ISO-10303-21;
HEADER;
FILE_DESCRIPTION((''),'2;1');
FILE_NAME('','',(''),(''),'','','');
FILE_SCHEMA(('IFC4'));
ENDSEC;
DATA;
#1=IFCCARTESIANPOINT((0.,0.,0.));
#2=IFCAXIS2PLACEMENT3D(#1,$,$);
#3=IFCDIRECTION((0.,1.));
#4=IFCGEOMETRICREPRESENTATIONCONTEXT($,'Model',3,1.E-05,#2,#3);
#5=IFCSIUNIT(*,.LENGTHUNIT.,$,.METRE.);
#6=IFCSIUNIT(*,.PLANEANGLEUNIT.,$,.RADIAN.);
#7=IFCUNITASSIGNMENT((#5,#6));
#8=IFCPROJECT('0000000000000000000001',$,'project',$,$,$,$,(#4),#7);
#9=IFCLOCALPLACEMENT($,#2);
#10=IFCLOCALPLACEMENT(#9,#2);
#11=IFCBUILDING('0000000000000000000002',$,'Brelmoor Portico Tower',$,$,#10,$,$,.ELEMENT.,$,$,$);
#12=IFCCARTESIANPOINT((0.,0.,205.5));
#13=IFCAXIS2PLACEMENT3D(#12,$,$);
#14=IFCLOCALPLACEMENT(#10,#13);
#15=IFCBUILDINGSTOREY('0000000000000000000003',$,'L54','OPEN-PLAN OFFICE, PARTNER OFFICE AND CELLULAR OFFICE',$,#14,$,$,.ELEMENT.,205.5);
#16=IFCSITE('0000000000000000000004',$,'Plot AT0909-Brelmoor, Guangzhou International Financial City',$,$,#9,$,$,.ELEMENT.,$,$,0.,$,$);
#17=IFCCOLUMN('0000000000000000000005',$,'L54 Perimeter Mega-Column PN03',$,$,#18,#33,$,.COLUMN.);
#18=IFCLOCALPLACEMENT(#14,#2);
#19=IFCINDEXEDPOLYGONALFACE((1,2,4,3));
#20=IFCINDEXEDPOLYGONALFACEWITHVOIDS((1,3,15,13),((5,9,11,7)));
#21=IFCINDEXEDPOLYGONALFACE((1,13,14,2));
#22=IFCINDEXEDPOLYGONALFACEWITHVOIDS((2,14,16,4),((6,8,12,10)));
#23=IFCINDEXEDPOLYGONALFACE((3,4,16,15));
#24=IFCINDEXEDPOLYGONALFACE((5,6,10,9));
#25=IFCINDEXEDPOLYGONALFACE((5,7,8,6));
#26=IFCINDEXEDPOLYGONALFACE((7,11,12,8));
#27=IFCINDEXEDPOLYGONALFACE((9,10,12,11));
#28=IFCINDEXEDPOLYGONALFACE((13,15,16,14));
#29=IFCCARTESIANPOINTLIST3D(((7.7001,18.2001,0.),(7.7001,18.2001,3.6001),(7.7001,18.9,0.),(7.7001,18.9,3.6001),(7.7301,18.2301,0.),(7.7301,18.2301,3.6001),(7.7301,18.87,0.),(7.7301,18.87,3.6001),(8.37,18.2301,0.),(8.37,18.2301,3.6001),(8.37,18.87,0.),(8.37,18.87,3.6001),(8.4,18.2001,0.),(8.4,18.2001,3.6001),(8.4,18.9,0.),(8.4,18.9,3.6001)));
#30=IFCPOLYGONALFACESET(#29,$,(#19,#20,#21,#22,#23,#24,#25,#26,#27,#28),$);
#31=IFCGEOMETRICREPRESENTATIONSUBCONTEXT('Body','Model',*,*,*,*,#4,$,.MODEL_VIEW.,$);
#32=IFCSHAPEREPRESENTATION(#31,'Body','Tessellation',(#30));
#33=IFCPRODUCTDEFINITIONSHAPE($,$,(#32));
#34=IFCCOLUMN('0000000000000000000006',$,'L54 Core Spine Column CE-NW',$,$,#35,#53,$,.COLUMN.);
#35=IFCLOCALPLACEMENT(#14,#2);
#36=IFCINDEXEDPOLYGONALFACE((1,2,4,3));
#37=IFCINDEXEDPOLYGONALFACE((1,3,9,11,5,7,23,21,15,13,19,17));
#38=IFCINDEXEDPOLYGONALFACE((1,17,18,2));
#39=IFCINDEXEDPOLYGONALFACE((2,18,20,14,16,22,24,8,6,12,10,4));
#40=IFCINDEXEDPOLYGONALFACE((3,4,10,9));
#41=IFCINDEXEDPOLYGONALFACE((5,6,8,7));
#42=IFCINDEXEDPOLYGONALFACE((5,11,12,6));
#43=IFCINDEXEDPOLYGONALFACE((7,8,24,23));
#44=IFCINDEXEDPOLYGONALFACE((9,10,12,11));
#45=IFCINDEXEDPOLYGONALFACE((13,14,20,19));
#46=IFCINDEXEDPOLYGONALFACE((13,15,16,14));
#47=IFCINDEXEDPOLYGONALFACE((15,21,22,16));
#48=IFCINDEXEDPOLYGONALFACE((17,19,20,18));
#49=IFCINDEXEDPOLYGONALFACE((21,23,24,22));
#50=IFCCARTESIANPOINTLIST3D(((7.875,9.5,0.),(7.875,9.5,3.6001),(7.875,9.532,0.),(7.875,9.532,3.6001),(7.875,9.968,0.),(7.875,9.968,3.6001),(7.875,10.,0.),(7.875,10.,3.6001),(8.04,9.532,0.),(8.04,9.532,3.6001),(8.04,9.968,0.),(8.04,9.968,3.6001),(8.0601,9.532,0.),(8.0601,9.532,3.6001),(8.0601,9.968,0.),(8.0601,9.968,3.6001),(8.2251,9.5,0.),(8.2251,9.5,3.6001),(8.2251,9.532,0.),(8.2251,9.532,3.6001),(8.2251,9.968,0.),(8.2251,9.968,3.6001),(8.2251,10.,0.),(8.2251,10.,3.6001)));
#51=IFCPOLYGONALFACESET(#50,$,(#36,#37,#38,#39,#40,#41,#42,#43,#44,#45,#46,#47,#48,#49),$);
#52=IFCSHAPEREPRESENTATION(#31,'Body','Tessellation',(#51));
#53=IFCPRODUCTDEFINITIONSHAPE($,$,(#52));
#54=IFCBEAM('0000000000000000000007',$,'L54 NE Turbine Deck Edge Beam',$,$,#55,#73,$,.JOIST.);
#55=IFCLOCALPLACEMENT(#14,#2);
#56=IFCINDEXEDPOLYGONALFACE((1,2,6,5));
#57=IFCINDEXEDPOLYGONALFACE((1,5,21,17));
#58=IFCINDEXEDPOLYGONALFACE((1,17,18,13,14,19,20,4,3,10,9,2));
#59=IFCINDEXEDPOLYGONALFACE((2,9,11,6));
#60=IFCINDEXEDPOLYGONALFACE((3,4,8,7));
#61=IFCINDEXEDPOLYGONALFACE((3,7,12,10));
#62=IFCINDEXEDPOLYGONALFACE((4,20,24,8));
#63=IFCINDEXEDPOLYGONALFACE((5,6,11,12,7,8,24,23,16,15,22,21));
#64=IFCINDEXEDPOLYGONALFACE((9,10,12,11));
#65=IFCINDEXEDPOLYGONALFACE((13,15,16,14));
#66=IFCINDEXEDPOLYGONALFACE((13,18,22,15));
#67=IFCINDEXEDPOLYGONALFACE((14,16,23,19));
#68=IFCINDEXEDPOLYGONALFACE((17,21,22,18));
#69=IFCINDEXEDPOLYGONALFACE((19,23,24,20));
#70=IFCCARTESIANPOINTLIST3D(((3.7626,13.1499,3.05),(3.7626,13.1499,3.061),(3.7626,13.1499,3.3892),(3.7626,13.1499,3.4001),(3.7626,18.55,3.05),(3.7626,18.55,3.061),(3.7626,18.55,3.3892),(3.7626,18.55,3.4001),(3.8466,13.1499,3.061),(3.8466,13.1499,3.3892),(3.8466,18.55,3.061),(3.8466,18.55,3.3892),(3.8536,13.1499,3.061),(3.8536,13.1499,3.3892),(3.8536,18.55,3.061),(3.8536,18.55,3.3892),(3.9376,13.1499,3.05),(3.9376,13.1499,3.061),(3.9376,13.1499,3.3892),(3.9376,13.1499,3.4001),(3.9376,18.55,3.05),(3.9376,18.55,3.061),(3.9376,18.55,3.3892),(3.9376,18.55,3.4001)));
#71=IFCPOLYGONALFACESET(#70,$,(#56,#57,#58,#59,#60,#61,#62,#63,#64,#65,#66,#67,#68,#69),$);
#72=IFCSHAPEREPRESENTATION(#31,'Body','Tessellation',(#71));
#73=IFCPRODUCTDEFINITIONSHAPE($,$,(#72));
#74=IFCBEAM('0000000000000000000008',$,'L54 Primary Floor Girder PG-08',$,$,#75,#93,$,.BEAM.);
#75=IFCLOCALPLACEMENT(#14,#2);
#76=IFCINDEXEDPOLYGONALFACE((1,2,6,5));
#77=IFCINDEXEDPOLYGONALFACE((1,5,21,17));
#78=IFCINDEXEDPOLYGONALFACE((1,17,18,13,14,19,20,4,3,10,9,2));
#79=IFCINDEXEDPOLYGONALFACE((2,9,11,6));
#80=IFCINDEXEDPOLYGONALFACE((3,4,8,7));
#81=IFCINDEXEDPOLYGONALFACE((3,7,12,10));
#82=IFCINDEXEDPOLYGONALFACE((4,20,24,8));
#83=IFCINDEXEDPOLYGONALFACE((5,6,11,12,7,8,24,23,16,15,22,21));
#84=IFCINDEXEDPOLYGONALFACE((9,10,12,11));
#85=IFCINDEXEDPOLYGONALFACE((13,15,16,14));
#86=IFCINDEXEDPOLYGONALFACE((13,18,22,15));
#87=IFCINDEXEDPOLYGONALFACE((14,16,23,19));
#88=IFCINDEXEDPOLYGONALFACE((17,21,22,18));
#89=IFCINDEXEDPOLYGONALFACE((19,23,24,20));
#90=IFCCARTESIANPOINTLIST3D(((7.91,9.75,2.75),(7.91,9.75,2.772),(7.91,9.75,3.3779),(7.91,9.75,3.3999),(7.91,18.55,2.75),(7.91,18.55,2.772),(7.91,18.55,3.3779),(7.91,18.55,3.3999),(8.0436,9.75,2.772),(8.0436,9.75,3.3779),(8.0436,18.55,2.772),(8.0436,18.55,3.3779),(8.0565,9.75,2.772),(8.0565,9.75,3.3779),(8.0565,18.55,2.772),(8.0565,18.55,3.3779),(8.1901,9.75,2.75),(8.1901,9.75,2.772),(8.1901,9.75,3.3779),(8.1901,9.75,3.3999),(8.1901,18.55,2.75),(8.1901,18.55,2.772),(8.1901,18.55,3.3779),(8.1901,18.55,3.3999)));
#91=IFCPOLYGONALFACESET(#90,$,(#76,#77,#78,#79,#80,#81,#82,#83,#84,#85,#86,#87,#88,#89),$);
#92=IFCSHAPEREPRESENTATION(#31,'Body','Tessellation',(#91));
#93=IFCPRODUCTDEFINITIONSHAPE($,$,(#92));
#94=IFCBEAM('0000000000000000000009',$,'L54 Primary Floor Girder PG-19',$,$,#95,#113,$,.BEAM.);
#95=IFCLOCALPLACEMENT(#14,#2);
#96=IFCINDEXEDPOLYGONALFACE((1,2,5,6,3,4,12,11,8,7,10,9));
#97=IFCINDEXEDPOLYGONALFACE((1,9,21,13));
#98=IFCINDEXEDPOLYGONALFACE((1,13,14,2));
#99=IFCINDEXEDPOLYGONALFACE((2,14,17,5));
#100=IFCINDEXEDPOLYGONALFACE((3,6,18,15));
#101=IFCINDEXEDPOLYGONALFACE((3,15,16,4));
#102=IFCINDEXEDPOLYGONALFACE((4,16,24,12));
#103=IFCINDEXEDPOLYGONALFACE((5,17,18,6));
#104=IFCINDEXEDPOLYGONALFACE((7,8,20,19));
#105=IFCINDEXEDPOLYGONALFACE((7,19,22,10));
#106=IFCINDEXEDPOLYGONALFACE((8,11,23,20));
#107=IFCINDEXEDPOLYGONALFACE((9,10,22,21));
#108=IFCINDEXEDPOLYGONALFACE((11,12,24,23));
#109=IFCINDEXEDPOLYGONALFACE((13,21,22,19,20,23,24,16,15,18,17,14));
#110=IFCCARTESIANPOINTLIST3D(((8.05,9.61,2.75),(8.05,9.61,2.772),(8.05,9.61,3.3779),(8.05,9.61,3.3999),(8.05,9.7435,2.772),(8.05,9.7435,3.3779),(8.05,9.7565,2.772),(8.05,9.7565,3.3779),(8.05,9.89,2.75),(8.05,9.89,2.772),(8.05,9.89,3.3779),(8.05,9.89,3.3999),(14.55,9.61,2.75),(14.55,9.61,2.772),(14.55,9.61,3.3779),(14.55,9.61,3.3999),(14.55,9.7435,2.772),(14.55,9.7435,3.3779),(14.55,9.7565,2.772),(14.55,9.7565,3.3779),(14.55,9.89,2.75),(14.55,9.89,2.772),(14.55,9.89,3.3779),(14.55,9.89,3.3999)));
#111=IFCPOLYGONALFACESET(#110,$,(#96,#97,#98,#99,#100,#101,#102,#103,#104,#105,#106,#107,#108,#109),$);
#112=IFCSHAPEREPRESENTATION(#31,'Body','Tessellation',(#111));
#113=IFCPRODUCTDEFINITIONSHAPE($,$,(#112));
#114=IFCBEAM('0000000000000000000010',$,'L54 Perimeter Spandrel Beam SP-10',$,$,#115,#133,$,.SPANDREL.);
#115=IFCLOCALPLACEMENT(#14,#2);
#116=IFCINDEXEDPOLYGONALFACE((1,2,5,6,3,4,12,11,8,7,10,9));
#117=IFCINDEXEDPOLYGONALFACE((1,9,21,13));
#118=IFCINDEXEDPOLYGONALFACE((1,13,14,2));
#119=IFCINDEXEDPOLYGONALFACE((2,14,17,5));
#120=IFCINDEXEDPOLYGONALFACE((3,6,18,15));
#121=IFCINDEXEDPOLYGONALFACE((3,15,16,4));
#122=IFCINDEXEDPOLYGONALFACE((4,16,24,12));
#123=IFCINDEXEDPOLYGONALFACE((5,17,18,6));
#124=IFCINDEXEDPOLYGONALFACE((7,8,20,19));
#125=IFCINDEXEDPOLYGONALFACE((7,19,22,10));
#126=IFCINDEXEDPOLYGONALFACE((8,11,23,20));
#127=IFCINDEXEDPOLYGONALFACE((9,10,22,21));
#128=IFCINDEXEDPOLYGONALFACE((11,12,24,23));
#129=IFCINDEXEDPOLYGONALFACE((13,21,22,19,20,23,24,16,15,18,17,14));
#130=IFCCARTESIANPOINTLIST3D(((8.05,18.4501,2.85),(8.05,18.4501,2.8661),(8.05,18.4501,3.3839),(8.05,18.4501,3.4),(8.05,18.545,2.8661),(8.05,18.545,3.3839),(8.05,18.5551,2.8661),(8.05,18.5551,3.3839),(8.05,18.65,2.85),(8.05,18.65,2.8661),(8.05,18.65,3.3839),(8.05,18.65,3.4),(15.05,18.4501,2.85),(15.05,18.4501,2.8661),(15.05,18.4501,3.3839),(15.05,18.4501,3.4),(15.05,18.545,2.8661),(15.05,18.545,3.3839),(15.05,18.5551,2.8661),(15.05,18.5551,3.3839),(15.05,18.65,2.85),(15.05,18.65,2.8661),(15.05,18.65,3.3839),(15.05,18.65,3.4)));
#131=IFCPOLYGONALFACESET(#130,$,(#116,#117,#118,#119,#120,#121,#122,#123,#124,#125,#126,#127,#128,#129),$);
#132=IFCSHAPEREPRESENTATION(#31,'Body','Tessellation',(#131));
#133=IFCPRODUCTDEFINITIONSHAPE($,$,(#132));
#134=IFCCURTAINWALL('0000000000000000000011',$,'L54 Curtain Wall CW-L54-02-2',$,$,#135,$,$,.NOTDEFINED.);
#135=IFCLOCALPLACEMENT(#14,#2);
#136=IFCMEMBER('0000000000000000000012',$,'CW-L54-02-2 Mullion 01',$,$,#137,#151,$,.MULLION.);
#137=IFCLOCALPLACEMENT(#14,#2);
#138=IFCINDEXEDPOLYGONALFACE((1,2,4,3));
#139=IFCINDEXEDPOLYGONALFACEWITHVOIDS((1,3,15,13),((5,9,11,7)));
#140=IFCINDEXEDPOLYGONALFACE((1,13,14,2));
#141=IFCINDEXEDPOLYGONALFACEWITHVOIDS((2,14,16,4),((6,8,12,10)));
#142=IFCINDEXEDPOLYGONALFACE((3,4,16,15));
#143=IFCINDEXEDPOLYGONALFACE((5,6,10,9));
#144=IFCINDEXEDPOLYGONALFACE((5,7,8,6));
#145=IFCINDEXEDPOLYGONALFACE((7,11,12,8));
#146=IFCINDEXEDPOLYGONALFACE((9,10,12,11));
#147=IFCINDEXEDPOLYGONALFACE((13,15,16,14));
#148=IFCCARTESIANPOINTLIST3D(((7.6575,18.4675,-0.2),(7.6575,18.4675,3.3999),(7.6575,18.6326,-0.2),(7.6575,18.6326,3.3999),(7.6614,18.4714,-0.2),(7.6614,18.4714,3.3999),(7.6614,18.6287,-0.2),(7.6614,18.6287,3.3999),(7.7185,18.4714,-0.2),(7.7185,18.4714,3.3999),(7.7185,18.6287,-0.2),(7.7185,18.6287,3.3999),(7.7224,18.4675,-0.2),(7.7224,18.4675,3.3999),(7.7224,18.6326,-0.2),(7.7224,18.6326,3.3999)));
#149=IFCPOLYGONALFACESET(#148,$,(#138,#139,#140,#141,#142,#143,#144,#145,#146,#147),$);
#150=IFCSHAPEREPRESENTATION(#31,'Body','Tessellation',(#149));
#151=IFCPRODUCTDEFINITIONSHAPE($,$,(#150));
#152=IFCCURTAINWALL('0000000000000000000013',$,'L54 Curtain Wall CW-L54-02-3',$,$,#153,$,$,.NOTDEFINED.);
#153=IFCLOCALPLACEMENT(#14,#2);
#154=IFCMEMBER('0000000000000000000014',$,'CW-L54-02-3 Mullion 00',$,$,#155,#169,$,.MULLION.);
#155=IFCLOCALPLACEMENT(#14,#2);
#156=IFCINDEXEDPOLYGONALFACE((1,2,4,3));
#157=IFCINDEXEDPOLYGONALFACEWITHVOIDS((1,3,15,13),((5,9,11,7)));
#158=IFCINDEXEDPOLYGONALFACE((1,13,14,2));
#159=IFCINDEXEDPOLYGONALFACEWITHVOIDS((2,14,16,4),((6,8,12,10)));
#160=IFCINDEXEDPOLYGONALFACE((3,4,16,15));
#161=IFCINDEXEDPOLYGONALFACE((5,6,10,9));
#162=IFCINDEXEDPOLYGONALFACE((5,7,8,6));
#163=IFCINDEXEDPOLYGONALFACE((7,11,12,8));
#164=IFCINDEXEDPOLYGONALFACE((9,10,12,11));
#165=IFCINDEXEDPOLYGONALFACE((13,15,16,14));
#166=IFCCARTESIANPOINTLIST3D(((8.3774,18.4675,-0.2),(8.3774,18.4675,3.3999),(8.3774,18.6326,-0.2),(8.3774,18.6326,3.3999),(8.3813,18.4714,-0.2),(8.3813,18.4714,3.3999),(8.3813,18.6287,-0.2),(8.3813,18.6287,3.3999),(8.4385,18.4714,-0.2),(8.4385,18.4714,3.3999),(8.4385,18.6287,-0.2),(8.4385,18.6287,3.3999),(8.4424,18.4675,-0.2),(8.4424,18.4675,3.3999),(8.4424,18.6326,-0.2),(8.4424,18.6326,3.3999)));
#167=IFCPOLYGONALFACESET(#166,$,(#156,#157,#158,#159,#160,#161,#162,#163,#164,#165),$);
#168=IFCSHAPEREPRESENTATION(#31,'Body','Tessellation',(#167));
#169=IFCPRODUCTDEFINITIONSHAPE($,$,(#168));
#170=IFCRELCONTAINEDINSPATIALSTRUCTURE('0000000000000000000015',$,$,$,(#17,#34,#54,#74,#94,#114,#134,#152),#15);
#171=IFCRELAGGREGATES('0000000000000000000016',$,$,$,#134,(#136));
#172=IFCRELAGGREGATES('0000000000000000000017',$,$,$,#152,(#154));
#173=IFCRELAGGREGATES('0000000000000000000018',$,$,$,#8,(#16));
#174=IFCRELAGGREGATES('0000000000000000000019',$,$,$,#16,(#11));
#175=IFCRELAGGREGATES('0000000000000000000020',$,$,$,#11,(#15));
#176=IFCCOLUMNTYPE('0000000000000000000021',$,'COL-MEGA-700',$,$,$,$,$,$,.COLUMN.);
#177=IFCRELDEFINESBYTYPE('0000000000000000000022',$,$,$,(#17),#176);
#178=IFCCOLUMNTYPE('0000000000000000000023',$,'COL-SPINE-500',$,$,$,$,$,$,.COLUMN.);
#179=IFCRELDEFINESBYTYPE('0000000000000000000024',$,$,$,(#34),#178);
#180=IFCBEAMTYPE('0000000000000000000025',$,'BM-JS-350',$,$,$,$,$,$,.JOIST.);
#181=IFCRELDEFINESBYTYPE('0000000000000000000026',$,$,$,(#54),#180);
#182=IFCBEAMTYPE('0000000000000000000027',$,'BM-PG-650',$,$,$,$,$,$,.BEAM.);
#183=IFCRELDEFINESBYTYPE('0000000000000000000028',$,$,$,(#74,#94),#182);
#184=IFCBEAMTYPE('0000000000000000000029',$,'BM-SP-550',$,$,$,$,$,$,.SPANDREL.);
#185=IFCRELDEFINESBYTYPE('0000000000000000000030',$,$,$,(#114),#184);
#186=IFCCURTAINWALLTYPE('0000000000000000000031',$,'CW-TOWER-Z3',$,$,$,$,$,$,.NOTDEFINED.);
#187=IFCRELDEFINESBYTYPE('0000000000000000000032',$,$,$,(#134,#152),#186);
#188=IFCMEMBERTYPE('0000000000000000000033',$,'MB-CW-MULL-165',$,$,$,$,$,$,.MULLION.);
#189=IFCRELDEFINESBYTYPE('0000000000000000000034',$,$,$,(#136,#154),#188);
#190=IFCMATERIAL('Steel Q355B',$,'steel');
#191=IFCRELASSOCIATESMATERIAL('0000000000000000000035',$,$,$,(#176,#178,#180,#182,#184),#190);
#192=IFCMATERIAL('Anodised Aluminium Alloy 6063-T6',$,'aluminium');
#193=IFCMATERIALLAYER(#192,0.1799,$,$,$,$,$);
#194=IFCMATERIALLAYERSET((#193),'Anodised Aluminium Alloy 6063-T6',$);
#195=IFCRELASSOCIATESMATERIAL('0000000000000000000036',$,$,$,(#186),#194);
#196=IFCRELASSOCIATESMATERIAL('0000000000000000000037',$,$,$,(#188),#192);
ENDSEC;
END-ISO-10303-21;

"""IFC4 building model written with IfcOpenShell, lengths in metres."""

from ifc_helpers import new_model, si_unit, direction, frame, origin, origin_2d, place, context, subcontext, project, spatial, hollow_rectangle, i_section, extrude, material, layer, layer_set, material_profile, profile_set, type_object, element, aggregate, save


model = new_model("IFC4")

# Units and contexts
model_context = context("Model", 3, precision=1e-05, world=origin(), true_north=direction((0.0, 1.0)))
body_context = subcontext(model_context, "Body", "Model", "MODEL_VIEW")
ifc_project = project(units=[si_unit("LENGTHUNIT", "METRE"), si_unit("PLANEANGLEUNIT", "RADIAN")], contexts=[model_context])

# Site, building, storey
site_placement = place(None, origin())
site = spatial("IfcSite", under=ifc_project, at=site_placement, Name="Plot AT0909-Brelmoor, Guangzhou International Financial City", CompositionType="ELEMENT", RefElevation=0.0)
building_placement = place(site_placement, origin())
building = spatial("IfcBuilding", under=site, at=building_placement, Name="Brelmoor Portico Tower", CompositionType="ELEMENT")
storey_placement = place(building_placement, frame((0.0, 0.0, 205.5)))
storey = spatial("IfcBuildingStorey", under=building, at=storey_placement, Name="L54", Description="OPEN-PLAN OFFICE, PARTNER OFFICE AND CELLULAR OFFICE", CompositionType="ELEMENT", Elevation=205.5)

# Columns
ifc_material_1 = material(Name="Steel Q355B", Category="steel")
ifc_material_profile_1 = material_profile(ifc_material_1, hollow_rectangle(XDim=0.7, YDim=0.7, WallThickness=0.03, at=origin_2d()), Name="BOX 700x700x30")
ifc_profile_set_1 = profile_set([ifc_material_profile_1], Name="Steel Q355B")
column_type_1 = type_object("IfcColumnType", Name="COL-MEGA-700", PredefinedType="COLUMN", material=ifc_profile_set_1)
column_1_placement = place(storey_placement, frame((8.05, 18.55, 0.0), z_axis=(0.0, 0.0, 1.0), x_axis=(1.0, 0.0, 0.0)))
element("IfcColumn", 1, at=column_1_placement, inside=storey, type_object=column_type_1, Name="L54 Perimeter Mega-Column PN03", PredefinedType="COLUMN", context=body_context, shape_type="SweptSolid", body=[
    extrude(hollow_rectangle(XDim=0.7, YDim=0.7, WallThickness=0.03, at=origin_2d()), origin(), (0.0, 0.0, 1.0), 3.6001),
])
ifc_material_profile_2 = material_profile(ifc_material_1, i_section(OverallWidth=0.3501, OverallDepth=0.5, WebThickness=0.02, FlangeThickness=0.032, at=origin_2d()), Name="HW 500x350x20x32")
ifc_profile_set_2 = profile_set([ifc_material_profile_2], Name="Steel Q355B")
column_type_2 = type_object("IfcColumnType", Name="COL-SPINE-500", PredefinedType="COLUMN", material=ifc_profile_set_2)
column_2_placement = place(storey_placement, frame((8.05, 9.75, 0.0), z_axis=(0.0, 0.0, 1.0), x_axis=(1.0, 0.0, 0.0)))
element("IfcColumn", 2, at=column_2_placement, inside=storey, type_object=column_type_2, Name="L54 Core Spine Column CE-NW", PredefinedType="COLUMN", context=body_context, shape_type="SweptSolid", body=[
    extrude(i_section(OverallWidth=0.3501, OverallDepth=0.5, WebThickness=0.02, FlangeThickness=0.032, at=origin_2d()), origin(), (0.0, 0.0, 1.0), 3.6001),
])

# Beams
ifc_material_profile_3 = material_profile(ifc_material_1, i_section(OverallWidth=0.175, OverallDepth=0.3501, WebThickness=0.0071, FlangeThickness=0.011, at=origin_2d()), Name="HN 350x175x7x11")
ifc_profile_set_3 = profile_set([ifc_material_profile_3], Name="Steel Q355B")
beam_type_1 = type_object("IfcBeamType", Name="BM-JS-350", PredefinedType="JOIST", material=ifc_profile_set_3)
beam_1_placement = place(storey_placement, frame((3.8501, 13.1499, 3.2251), z_axis=(0.0, 1.0, 0.0), x_axis=(-1.0, 0.0, 0.0)))
element("IfcBeam", 3, at=beam_1_placement, inside=storey, type_object=beam_type_1, Name="L54 NE Turbine Deck Edge Beam", PredefinedType="JOIST", context=body_context, shape_type="SweptSolid", body=[
    extrude(i_section(OverallWidth=0.175, OverallDepth=0.3501, WebThickness=0.0071, FlangeThickness=0.011, at=origin_2d()), origin(), (0.0, 0.0, 1.0), 5.4001),
])
ifc_material_profile_4 = material_profile(ifc_material_1, i_section(OverallWidth=0.28, OverallDepth=0.6499, WebThickness=0.0129, FlangeThickness=0.022, at=origin_2d()), Name="HN 650x280x13x22")
ifc_profile_set_4 = profile_set([ifc_material_profile_4], Name="Steel Q355B")
beam_type_2 = type_object("IfcBeamType", Name="BM-PG-650", PredefinedType="BEAM", material=ifc_profile_set_4)
beam_2_placement = place(storey_placement, frame((8.05, 9.75, 3.075), z_axis=(0.0, 1.0, 0.0), x_axis=(-1.0, 0.0, 0.0)))
element("IfcBeam", 4, at=beam_2_placement, inside=storey, type_object=beam_type_2, Name="L54 Primary Floor Girder PG-08", PredefinedType="BEAM", context=body_context, shape_type="SweptSolid", body=[
    extrude(i_section(OverallWidth=0.28, OverallDepth=0.6499, WebThickness=0.0129, FlangeThickness=0.022, at=origin_2d()), origin(), (0.0, 0.0, 1.0), 8.8),
])
beam_3_placement = place(storey_placement, frame((8.05, 9.75, 3.075), z_axis=(1.0, 0.0, 0.0), x_axis=(0.0, 1.0, 0.0)))
element("IfcBeam", 5, at=beam_3_placement, inside=storey, type_object=beam_type_2, Name="L54 Primary Floor Girder PG-19", PredefinedType="BEAM", context=body_context, shape_type="SweptSolid", body=[
    extrude(i_section(OverallWidth=0.28, OverallDepth=0.6499, WebThickness=0.0129, FlangeThickness=0.022, at=origin_2d()), origin(), (0.0, 0.0, 1.0), 6.5),
])
ifc_material_profile_5 = material_profile(ifc_material_1, i_section(OverallWidth=0.2, OverallDepth=0.55, WebThickness=0.01, FlangeThickness=0.0161, at=origin_2d()), Name="HN 550x200x10x16")
ifc_profile_set_5 = profile_set([ifc_material_profile_5], Name="Steel Q355B")
beam_type_3 = type_object("IfcBeamType", Name="BM-SP-550", PredefinedType="SPANDREL", material=ifc_profile_set_5)
beam_4_placement = place(storey_placement, frame((8.05, 18.55, 3.125), z_axis=(1.0, 0.0, 0.0), x_axis=(0.0, 1.0, 0.0)))
element("IfcBeam", 6, at=beam_4_placement, inside=storey, type_object=beam_type_3, Name="L54 Perimeter Spandrel Beam SP-10", PredefinedType="SPANDREL", context=body_context, shape_type="SweptSolid", body=[
    extrude(i_section(OverallWidth=0.2, OverallDepth=0.55, WebThickness=0.01, FlangeThickness=0.0161, at=origin_2d()), origin(), (0.0, 0.0, 1.0), 7.0),
])

# Curtain wall, member
ifc_material_2 = material(Name="Anodised Aluminium Alloy 6063-T6", Category="aluminium")
ifc_layer_1 = layer(ifc_material_2, 0.1799)
ifc_layer_set_1 = layer_set([ifc_layer_1], Name="Anodised Aluminium Alloy 6063-T6")
curtain_wall_type = type_object("IfcCurtainWallType", Name="CW-TOWER-Z3", PredefinedType="NOTDEFINED", material=ifc_layer_set_1)
curtain_wall_1_placement = place(storey_placement, origin())
curtain_wall_1 = element("IfcCurtainWall", 7, at=curtain_wall_1_placement, inside=storey, type_object=curtain_wall_type, Name="L54 Curtain Wall CW-L54-02-2", PredefinedType="NOTDEFINED")
ifc_material_profile_6 = material_profile(ifc_material_2, hollow_rectangle(XDim=0.0649, YDim=0.165, WallThickness=0.0039, at=origin_2d()), Name="ALU MULLION 65x165")
ifc_profile_set_6 = profile_set([ifc_material_profile_6], Name="Anodised Aluminium Alloy 6063-T6")
member_type_1 = type_object("IfcMemberType", Name="MB-CW-MULL-165", PredefinedType="MULLION", material=ifc_profile_set_6)
member_1_placement = place(storey_placement, frame((7.6899, 18.55, -0.2), z_axis=(0.0, 0.0, 1.0), x_axis=(1.0, 0.0, 0.0)))
member_1 = element("IfcMember", 8, at=member_1_placement, type_object=member_type_1, Name="CW-L54-02-2 Mullion 01", PredefinedType="MULLION", context=body_context, shape_type="SweptSolid", body=[
    extrude(hollow_rectangle(XDim=0.0649, YDim=0.165, WallThickness=0.0039, at=origin_2d()), origin(), (0.0, 0.0, 1.0), 3.5999),
])

# Curtain wall, member
curtain_wall_2_placement = place(storey_placement, origin())
curtain_wall_2 = element("IfcCurtainWall", 9, at=curtain_wall_2_placement, inside=storey, type_object=curtain_wall_type, Name="L54 Curtain Wall CW-L54-02-3", PredefinedType="NOTDEFINED")
member_2_placement = place(storey_placement, frame((8.4099, 18.55, -0.2), z_axis=(0.0, 0.0, 1.0), x_axis=(1.0, 0.0, 0.0)))
member_2 = element("IfcMember", 10, at=member_2_placement, type_object=member_type_1, Name="CW-L54-02-3 Mullion 00", PredefinedType="MULLION", context=body_context, shape_type="SweptSolid", body=[
    extrude(hollow_rectangle(XDim=0.0649, YDim=0.165, WallThickness=0.0039, at=origin_2d()), origin(), (0.0, 0.0, 1.0), 3.5999),
])

aggregate(curtain_wall_1, [member_1])
aggregate(curtain_wall_2, [member_2])

save(model, "model.ifc")
